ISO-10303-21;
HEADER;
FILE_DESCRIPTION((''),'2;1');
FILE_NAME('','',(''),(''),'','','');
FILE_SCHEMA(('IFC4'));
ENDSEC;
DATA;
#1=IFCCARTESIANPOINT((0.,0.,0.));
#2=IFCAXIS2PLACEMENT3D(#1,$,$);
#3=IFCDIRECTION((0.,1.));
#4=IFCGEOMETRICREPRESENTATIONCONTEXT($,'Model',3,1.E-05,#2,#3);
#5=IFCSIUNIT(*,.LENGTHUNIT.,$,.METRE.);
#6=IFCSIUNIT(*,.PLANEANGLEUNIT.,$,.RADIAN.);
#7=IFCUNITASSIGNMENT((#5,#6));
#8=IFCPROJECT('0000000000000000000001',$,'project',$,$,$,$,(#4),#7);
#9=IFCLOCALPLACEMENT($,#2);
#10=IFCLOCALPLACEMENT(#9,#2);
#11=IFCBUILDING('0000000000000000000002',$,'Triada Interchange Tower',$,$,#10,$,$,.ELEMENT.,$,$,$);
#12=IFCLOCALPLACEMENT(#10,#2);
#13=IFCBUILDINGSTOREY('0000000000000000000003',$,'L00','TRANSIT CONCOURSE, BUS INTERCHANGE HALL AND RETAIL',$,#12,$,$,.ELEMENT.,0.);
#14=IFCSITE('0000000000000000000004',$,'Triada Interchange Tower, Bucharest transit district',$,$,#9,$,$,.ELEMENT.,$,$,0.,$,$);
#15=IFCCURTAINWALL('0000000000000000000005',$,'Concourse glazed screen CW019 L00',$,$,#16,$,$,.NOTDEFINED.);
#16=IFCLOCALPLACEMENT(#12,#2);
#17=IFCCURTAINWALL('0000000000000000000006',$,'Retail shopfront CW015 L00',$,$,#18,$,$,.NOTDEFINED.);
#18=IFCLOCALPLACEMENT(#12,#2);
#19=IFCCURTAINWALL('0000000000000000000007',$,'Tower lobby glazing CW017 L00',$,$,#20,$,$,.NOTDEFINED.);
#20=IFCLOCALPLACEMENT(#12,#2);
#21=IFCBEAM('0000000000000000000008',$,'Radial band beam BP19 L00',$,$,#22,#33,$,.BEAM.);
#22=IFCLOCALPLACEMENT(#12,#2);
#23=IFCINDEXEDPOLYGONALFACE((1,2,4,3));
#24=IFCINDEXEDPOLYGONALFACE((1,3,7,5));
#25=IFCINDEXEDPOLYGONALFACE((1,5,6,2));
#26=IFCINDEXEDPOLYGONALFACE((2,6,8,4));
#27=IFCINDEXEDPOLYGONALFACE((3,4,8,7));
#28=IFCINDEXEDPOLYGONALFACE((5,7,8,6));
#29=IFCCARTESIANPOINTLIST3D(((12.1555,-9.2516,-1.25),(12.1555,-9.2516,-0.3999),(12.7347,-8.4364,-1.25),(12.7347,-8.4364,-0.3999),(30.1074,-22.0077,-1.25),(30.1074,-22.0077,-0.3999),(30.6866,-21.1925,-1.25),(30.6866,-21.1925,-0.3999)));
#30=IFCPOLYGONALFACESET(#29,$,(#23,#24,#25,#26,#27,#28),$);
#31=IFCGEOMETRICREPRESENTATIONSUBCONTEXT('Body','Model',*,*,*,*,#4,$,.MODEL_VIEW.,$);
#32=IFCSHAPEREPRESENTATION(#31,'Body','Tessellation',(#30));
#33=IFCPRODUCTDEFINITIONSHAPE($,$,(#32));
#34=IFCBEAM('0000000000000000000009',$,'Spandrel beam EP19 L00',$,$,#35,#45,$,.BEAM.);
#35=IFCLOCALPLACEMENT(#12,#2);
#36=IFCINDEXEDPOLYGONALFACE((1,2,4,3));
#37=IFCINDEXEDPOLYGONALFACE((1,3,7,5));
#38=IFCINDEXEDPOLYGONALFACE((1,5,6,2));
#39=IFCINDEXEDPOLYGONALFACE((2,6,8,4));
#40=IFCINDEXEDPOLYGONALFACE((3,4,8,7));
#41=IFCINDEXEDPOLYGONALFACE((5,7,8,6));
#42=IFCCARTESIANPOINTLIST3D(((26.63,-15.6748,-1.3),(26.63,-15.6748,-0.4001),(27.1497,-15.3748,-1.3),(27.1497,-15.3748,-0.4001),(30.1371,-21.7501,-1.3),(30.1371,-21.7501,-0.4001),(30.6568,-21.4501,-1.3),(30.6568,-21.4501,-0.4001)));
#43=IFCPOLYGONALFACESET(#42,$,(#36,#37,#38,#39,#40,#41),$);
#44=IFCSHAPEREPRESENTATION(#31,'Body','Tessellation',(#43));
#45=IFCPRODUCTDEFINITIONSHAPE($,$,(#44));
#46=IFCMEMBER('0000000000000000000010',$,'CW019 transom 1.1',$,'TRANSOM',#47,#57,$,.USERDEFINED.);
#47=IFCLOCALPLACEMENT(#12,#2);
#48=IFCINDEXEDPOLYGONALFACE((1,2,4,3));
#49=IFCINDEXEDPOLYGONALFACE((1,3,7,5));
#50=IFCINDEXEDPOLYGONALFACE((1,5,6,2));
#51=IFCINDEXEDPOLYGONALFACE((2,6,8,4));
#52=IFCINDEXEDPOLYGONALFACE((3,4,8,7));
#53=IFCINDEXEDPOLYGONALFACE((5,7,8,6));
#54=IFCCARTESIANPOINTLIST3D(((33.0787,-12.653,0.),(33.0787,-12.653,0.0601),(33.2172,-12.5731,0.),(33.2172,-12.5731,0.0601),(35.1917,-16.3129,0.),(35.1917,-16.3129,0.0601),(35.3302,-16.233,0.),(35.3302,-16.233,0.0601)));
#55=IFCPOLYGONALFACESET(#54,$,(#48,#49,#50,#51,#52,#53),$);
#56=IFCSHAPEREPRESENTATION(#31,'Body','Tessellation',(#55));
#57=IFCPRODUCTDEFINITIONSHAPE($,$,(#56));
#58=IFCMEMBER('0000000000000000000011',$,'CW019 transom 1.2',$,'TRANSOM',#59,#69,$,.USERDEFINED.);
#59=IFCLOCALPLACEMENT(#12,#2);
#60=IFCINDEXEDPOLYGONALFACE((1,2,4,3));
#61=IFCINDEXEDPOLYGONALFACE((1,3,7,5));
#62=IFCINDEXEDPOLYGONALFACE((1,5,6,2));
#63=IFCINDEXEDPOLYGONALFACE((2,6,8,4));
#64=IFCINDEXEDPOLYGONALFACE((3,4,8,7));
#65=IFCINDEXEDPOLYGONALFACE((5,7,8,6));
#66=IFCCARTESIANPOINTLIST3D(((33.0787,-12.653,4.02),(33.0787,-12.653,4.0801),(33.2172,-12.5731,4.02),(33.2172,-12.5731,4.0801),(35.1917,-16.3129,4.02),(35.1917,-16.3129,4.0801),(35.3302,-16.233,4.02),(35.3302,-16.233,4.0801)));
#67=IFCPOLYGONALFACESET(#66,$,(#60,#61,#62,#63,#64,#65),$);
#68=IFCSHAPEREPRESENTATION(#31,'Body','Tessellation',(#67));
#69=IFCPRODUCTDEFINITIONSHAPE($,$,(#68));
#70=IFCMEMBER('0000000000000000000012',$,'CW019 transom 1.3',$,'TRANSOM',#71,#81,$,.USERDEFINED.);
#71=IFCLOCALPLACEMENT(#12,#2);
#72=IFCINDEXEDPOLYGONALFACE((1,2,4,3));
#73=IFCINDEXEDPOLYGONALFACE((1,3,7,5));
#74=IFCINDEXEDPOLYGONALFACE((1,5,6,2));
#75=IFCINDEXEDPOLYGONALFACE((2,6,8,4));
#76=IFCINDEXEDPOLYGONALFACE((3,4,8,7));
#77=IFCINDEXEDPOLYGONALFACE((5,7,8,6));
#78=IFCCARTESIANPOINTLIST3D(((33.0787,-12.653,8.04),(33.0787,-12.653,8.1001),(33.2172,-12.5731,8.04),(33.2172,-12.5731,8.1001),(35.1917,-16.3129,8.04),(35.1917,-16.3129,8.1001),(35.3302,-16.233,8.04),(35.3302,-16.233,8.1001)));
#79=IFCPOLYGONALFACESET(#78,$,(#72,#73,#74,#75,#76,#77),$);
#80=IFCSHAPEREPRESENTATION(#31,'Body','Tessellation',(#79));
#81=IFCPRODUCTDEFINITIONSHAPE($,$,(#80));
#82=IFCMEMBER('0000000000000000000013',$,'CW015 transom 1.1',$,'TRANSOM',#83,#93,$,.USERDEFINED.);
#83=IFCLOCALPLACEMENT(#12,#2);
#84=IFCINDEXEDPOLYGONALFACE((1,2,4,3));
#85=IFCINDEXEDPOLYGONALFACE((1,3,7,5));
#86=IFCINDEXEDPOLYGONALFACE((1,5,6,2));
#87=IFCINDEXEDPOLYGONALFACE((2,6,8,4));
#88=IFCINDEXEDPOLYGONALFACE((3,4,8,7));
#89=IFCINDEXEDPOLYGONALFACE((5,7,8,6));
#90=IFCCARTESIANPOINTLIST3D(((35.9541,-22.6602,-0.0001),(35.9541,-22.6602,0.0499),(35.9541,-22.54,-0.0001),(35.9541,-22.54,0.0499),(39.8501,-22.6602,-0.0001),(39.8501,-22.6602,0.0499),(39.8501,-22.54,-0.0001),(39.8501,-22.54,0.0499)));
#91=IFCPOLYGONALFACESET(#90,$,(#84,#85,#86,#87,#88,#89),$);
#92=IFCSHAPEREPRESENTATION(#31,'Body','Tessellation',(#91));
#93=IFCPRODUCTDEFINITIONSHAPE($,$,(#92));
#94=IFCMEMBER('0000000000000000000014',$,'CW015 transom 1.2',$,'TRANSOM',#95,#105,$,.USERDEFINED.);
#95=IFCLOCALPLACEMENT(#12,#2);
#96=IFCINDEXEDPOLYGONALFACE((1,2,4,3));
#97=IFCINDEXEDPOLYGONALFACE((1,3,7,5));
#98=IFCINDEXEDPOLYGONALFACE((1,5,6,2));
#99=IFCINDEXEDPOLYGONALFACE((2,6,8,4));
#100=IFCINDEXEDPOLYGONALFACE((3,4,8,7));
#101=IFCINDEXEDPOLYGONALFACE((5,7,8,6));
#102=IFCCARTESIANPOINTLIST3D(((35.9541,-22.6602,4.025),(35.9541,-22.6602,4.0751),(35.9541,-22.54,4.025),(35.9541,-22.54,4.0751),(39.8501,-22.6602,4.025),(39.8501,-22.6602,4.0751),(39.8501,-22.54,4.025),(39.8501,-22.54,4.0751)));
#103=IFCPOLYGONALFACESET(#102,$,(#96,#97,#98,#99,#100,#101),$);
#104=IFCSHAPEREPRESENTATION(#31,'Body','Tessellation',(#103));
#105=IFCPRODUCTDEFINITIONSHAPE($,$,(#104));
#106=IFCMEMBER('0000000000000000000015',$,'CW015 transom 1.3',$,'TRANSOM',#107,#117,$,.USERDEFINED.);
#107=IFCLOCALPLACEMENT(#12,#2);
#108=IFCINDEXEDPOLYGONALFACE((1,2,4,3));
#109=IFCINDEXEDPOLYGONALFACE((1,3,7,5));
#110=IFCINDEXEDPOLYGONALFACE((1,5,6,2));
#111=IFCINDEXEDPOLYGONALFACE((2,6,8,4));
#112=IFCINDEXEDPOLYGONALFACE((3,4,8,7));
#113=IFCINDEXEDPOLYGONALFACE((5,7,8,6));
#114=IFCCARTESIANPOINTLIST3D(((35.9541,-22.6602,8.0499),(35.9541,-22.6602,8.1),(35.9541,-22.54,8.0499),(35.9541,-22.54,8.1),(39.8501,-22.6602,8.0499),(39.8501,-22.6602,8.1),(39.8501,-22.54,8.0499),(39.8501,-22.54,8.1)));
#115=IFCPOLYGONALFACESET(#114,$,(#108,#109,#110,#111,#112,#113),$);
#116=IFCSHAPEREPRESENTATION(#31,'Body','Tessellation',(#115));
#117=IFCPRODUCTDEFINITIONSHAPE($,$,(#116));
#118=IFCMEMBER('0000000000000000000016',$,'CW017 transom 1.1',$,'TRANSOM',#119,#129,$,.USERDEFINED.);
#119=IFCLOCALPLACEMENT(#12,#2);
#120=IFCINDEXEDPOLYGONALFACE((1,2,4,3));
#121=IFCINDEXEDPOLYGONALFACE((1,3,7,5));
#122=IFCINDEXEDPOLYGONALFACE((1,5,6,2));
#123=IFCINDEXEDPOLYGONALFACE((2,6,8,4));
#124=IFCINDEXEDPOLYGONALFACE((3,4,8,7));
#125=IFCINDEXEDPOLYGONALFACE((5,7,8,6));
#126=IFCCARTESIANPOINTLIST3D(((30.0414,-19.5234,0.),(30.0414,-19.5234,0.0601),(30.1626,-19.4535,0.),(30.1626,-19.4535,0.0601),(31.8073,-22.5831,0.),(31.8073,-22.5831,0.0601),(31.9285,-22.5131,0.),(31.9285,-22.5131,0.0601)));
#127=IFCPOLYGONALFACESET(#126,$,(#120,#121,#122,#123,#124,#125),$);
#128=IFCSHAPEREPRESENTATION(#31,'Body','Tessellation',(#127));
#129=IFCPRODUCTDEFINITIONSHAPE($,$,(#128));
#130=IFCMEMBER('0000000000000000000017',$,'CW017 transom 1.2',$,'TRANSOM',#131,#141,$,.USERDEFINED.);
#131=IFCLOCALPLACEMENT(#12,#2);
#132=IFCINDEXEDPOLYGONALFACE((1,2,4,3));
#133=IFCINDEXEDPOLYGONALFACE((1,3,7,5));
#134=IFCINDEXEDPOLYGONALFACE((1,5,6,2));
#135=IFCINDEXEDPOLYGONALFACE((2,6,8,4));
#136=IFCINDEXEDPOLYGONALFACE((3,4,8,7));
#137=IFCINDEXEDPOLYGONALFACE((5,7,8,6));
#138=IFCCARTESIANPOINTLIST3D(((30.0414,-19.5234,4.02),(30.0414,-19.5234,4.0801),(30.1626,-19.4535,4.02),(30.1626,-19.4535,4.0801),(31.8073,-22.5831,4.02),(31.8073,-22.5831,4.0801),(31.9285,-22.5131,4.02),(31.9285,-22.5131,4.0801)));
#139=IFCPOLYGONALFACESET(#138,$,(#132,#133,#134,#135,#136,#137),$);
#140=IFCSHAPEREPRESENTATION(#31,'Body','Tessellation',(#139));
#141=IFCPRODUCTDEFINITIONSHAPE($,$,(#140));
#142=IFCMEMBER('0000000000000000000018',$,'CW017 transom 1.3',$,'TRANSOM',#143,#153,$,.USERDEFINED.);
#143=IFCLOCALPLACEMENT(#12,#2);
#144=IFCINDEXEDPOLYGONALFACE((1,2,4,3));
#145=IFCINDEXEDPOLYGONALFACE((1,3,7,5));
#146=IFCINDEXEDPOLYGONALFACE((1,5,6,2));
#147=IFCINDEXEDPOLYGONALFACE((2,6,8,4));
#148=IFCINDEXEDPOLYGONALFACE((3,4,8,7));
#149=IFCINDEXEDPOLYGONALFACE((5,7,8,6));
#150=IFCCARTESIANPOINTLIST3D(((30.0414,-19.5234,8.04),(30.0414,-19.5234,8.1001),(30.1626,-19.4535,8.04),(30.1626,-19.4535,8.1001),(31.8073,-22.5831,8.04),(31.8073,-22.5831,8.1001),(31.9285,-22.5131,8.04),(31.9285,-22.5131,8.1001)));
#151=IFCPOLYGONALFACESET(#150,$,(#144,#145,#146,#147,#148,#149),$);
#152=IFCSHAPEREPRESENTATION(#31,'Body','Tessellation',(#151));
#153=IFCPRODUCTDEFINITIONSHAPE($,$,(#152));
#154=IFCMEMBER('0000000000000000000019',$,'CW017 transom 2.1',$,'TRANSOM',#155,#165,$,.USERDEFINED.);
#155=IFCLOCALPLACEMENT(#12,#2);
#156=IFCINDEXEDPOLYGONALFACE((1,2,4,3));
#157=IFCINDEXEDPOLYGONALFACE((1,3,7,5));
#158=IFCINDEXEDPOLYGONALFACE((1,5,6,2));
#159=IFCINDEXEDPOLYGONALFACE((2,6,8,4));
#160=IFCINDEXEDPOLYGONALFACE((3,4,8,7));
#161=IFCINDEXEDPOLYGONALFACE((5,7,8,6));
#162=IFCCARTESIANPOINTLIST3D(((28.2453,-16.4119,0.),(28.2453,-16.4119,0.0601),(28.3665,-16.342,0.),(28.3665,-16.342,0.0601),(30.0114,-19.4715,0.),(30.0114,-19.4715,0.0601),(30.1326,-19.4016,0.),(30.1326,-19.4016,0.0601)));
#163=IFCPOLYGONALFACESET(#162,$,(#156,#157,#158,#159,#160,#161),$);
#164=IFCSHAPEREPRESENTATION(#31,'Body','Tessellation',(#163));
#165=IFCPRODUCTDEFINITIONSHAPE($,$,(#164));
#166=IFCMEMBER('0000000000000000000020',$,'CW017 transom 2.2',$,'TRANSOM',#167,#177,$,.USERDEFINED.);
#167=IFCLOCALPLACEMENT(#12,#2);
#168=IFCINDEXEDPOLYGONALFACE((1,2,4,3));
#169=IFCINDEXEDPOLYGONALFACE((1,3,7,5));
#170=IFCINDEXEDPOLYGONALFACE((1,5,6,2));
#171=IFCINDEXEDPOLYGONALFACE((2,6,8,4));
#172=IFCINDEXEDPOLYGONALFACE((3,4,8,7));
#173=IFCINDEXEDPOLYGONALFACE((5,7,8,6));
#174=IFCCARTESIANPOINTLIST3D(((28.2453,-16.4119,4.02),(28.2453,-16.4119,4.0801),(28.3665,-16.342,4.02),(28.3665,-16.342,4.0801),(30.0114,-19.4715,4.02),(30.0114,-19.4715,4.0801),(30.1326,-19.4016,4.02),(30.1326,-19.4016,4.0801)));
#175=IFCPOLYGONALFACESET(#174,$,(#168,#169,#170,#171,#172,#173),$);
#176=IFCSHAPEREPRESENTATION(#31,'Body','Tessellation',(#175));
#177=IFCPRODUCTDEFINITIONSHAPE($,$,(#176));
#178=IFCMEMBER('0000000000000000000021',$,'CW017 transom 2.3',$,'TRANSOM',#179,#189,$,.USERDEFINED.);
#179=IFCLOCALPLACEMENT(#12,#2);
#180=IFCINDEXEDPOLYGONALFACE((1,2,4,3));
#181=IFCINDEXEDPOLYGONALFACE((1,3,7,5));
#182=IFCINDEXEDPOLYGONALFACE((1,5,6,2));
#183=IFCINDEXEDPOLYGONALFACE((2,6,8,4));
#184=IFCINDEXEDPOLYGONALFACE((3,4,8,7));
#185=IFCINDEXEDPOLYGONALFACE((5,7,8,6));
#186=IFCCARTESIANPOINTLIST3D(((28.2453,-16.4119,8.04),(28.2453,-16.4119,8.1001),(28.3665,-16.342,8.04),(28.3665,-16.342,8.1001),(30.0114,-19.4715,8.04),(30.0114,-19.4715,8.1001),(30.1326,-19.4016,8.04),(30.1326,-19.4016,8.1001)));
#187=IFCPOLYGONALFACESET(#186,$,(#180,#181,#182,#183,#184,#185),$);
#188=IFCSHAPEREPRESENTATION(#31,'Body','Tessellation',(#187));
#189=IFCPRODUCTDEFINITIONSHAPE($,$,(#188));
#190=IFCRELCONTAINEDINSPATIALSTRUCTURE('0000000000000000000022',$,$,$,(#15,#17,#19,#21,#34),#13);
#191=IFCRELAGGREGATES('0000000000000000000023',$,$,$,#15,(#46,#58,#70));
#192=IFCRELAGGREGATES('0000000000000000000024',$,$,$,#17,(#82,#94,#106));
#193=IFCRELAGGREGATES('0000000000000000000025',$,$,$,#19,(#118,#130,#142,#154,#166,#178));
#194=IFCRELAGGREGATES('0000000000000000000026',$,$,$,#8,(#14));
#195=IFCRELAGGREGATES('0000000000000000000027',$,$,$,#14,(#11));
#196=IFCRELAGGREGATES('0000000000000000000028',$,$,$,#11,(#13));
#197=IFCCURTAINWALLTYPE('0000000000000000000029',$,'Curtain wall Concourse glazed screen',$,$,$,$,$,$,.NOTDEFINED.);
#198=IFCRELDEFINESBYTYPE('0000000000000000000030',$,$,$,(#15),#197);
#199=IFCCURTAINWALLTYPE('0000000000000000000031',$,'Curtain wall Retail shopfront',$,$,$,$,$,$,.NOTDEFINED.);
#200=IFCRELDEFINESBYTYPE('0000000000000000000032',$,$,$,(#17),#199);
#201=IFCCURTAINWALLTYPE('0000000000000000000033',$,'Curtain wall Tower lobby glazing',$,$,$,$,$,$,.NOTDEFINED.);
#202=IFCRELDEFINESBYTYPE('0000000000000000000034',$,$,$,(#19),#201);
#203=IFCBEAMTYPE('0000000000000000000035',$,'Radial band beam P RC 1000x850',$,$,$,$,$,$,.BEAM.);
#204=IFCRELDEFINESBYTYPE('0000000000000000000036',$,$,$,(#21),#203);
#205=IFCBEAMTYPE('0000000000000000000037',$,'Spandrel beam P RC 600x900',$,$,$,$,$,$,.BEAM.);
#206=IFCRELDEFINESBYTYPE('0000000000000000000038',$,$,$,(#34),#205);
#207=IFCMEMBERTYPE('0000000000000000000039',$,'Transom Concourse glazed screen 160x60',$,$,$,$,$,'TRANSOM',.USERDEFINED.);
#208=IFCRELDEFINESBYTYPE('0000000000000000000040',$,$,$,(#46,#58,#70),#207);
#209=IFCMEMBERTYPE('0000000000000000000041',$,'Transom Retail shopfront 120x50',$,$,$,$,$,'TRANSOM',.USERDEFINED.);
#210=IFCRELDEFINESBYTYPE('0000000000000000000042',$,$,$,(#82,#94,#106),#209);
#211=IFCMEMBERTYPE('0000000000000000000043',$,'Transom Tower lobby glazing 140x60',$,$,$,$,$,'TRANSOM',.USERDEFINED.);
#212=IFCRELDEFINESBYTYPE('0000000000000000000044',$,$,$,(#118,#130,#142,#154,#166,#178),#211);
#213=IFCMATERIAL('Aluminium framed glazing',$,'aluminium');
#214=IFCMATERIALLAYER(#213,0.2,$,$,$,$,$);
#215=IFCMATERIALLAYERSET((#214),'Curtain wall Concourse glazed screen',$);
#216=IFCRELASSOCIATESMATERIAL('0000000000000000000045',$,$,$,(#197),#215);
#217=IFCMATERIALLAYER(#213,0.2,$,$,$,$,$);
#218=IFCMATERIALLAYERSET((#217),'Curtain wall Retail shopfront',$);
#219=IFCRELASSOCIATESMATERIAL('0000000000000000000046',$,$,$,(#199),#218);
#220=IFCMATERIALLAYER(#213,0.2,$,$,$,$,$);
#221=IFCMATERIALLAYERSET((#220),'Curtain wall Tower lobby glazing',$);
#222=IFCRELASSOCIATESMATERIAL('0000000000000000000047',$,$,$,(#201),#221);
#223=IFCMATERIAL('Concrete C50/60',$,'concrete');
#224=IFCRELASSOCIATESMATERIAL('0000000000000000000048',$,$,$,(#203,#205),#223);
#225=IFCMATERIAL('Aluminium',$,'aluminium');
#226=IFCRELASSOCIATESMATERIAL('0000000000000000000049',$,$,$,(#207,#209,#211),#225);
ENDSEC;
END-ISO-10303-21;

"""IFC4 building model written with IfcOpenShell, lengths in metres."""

from ifc_helpers import new_model, si_unit, direction, frame, origin, origin_2d, place, context, subcontext, project, spatial, rectangle, extrude, material, layer, layer_set, material_profile, profile_set, type_object, element, aggregate, save


model = new_model("IFC4")

# Units and contexts
model_context = context("Model", 3, precision=1e-05, world=origin(), true_north=direction((0.0, 1.0)))
body_context = subcontext(model_context, "Body", "Model", "MODEL_VIEW")
ifc_project = project(units=[si_unit("LENGTHUNIT", "METRE"), si_unit("PLANEANGLEUNIT", "RADIAN")], contexts=[model_context])

# Site, building, storey
site_placement = place(None, origin())
site = spatial("IfcSite", under=ifc_project, at=site_placement, Name="Triada Interchange Tower, Bucharest transit district", CompositionType="ELEMENT", RefElevation=0.0)
building_placement = place(site_placement, origin())
building = spatial("IfcBuilding", under=site, at=building_placement, Name="Triada Interchange Tower", CompositionType="ELEMENT")
storey_placement = place(building_placement, origin())
storey = spatial("IfcBuildingStorey", under=building, at=storey_placement, Name="L00", Description="TRANSIT CONCOURSE, BUS INTERCHANGE HALL AND RETAIL", CompositionType="ELEMENT", Elevation=0.0)

# Curtain wall
ifc_material_1 = material(Name="Aluminium framed glazing", Category="aluminium")
ifc_layer_1 = layer(ifc_material_1, 0.2)
ifc_layer_set_1 = layer_set([ifc_layer_1], Name="Curtain wall Concourse glazed screen")
curtain_wall_type_1 = type_object("IfcCurtainWallType", Name="Curtain wall Concourse glazed screen", PredefinedType="NOTDEFINED", material=ifc_layer_set_1)
curtain_wall_1_placement = place(storey_placement, origin())
curtain_wall_1 = element("IfcCurtainWall", 1, at=curtain_wall_1_placement, inside=storey, type_object=curtain_wall_type_1, Name="Concourse glazed screen CW019 L00", PredefinedType="NOTDEFINED")
ifc_material_2 = material(Name="Aluminium", Category="aluminium")

# Curtain walls
ifc_layer_2 = layer(ifc_material_1, 0.2)
ifc_layer_set_2 = layer_set([ifc_layer_2], Name="Curtain wall Retail shopfront")
curtain_wall_type_2 = type_object("IfcCurtainWallType", Name="Curtain wall Retail shopfront", PredefinedType="NOTDEFINED", material=ifc_layer_set_2)
curtain_wall_2_placement = place(storey_placement, origin())
curtain_wall_2 = element("IfcCurtainWall", 2, at=curtain_wall_2_placement, inside=storey, type_object=curtain_wall_type_2, Name="Retail shopfront CW015 L00", PredefinedType="NOTDEFINED")
ifc_layer_3 = layer(ifc_material_1, 0.2)
ifc_layer_set_3 = layer_set([ifc_layer_3], Name="Curtain wall Tower lobby glazing")
curtain_wall_type_3 = type_object("IfcCurtainWallType", Name="Curtain wall Tower lobby glazing", PredefinedType="NOTDEFINED", material=ifc_layer_set_3)
curtain_wall_3_placement = place(storey_placement, origin())
curtain_wall_3 = element("IfcCurtainWall", 3, at=curtain_wall_3_placement, inside=storey, type_object=curtain_wall_type_3, Name="Tower lobby glazing CW017 L00", PredefinedType="NOTDEFINED")

# Beams
ifc_material_3 = material(Name="Concrete C50/60", Category="concrete")
ifc_material_profile_1 = material_profile(ifc_material_3, rectangle(XDim=1.0, YDim=0.8501, at=origin_2d()), Name="RC 1000x850")
ifc_profile_set_1 = profile_set([ifc_material_profile_1], Name="Concrete C50/60")
beam_type_1 = type_object("IfcBeamType", Name="Radial band beam P RC 1000x850", PredefinedType="BEAM", material=ifc_profile_set_1)
beam_1_placement = place(storey_placement, frame((30.397, -21.6001, -0.825), z_axis=(-0.815163, 0.579231, 0.0), x_axis=(-0.579231, -0.815163, 0.0)))
element("IfcBeam", 4, at=beam_1_placement, inside=storey, type_object=beam_type_1, Name="Radial band beam BP19 L00", PredefinedType="BEAM", context=body_context, shape_type="SweptSolid", body=[
    extrude(rectangle(XDim=1.0, YDim=0.8501, at=origin_2d()), origin(), (0.0, 0.0, 1.0), 22.0225),
])
ifc_material_profile_2 = material_profile(ifc_material_3, rectangle(XDim=0.6001, YDim=0.8999, at=origin_2d()), Name="RC 600x900")
ifc_profile_set_2 = profile_set([ifc_material_profile_2], Name="Concrete C50/60")
beam_type_2 = type_object("IfcBeamType", Name="Spandrel beam P RC 600x900", PredefinedType="BEAM", material=ifc_profile_set_2)
beam_2_placement = place(storey_placement, frame((30.397, -21.6001, -0.8501), z_axis=(-0.499953, 0.866052, 0.0), x_axis=(-0.866052, -0.499953, 0.0)))
element("IfcBeam", 5, at=beam_2_placement, inside=storey, type_object=beam_type_2, Name="Spandrel beam EP19 L00", PredefinedType="BEAM", context=body_context, shape_type="SweptSolid", body=[
    extrude(rectangle(XDim=0.6001, YDim=0.8999, at=origin_2d()), origin(), (0.0, 0.0, 1.0), 7.0149),
])

# Members
ifc_material_profile_3 = material_profile(ifc_material_2, rectangle(XDim=0.1599, YDim=0.0601, at=origin_2d()), Name="Aluminium transom")
ifc_profile_set_3 = profile_set([ifc_material_profile_3], Name="Aluminium")
member_type_1 = type_object("IfcMemberType", Name="Transom Concourse glazed screen 160x60", ElementType="TRANSOM", PredefinedType="USERDEFINED", material=ifc_profile_set_3)
member_1_placement = place(storey_placement, frame((35.261, -16.2729, 0.03), z_axis=(-0.499997, 0.866027, 0.0), x_axis=(-0.866027, -0.499997, 0.0)))
member_1 = element("IfcMember", 6, at=member_1_placement, type_object=member_type_1, Name="CW019 transom 1.1", ObjectType="TRANSOM", PredefinedType="USERDEFINED", context=body_context, shape_type="SweptSolid", body=[
    extrude(rectangle(XDim=0.1599, YDim=0.0601, at=origin_2d()), origin(), (0.0, 0.0, 1.0), 4.2261),
])
member_2_placement = place(storey_placement, frame((35.261, -16.2729, 4.05), z_axis=(-0.499997, 0.866027, 0.0), x_axis=(-0.866027, -0.499997, 0.0)))
member_2 = element("IfcMember", 7, at=member_2_placement, type_object=member_type_1, Name="CW019 transom 1.2", ObjectType="TRANSOM", PredefinedType="USERDEFINED", context=body_context, shape_type="SweptSolid", body=[
    extrude(rectangle(XDim=0.1599, YDim=0.0601, at=origin_2d()), origin(), (0.0, 0.0, 1.0), 4.2261),
])
member_3_placement = place(storey_placement, frame((35.261, -16.2729, 8.0701), z_axis=(-0.499997, 0.866027, 0.0), x_axis=(-0.866027, -0.499997, 0.0)))
member_3 = element("IfcMember", 8, at=member_3_placement, type_object=member_type_1, Name="CW019 transom 1.3", ObjectType="TRANSOM", PredefinedType="USERDEFINED", context=body_context, shape_type="SweptSolid", body=[
    extrude(rectangle(XDim=0.1599, YDim=0.0601, at=origin_2d()), origin(), (0.0, 0.0, 1.0), 4.2261),
])
aggregate(curtain_wall_1, [member_1, member_2, member_3])
ifc_material_profile_4 = material_profile(ifc_material_2, rectangle(XDim=0.1201, YDim=0.05, at=origin_2d()), Name="Aluminium transom")
ifc_profile_set_4 = profile_set([ifc_material_profile_4], Name="Aluminium")
member_type_2 = type_object("IfcMemberType", Name="Transom Retail shopfront 120x50", ElementType="TRANSOM", PredefinedType="USERDEFINED", material=ifc_profile_set_4)
member_4_placement = place(storey_placement, frame((39.8501, -22.6001, 0.0249), z_axis=(-1.0, 0.0, 0.0), x_axis=(0.0, -1.0, 0.0)))
member_4 = element("IfcMember", 9, at=member_4_placement, type_object=member_type_2, Name="CW015 transom 1.1", ObjectType="TRANSOM", PredefinedType="USERDEFINED", context=body_context, shape_type="SweptSolid", body=[
    extrude(rectangle(XDim=0.1201, YDim=0.05, at=origin_2d()), origin(), (0.0, 0.0, 1.0), 3.896),
])
member_5_placement = place(storey_placement, frame((39.8501, -22.6001, 4.05), z_axis=(-1.0, 0.0, 0.0), x_axis=(0.0, -1.0, 0.0)))
member_5 = element("IfcMember", 10, at=member_5_placement, type_object=member_type_2, Name="CW015 transom 1.2", ObjectType="TRANSOM", PredefinedType="USERDEFINED", context=body_context, shape_type="SweptSolid", body=[
    extrude(rectangle(XDim=0.1201, YDim=0.05, at=origin_2d()), origin(), (0.0, 0.0, 1.0), 3.896),
])
member_6_placement = place(storey_placement, frame((39.8501, -22.6001, 8.075), z_axis=(-1.0, 0.0, 0.0), x_axis=(0.0, -1.0, 0.0)))
member_6 = element("IfcMember", 11, at=member_6_placement, type_object=member_type_2, Name="CW015 transom 1.3", ObjectType="TRANSOM", PredefinedType="USERDEFINED", context=body_context, shape_type="SweptSolid", body=[
    extrude(rectangle(XDim=0.1201, YDim=0.05, at=origin_2d()), origin(), (0.0, 0.0, 1.0), 3.896),
])
ifc_material_profile_5 = material_profile(ifc_material_2, rectangle(XDim=0.1399, YDim=0.0601, at=origin_2d()), Name="Aluminium transom")
ifc_profile_set_5 = profile_set([ifc_material_profile_5], Name="Aluminium")
member_type_3 = type_object("IfcMemberType", Name="Transom Tower lobby glazing 140x60", ElementType="TRANSOM", PredefinedType="USERDEFINED", material=ifc_profile_set_5)
member_7_placement = place(storey_placement, frame((31.8679, -22.5481, 0.03), z_axis=(-0.499878, 0.866096, 0.0), x_axis=(-0.866096, -0.499878, 0.0)))
member_7 = element("IfcMember", 12, at=member_7_placement, type_object=member_type_3, Name="CW017 transom 1.1", ObjectType="TRANSOM", PredefinedType="USERDEFINED", context=body_context, shape_type="SweptSolid", body=[
    extrude(rectangle(XDim=0.1399, YDim=0.0601, at=origin_2d()), origin(), (0.0, 0.0, 1.0), 3.5327),
])
member_8_placement = place(storey_placement, frame((31.8679, -22.5481, 4.05), z_axis=(-0.499878, 0.866096, 0.0), x_axis=(-0.866096, -0.499878, 0.0)))
member_8 = element("IfcMember", 13, at=member_8_placement, type_object=member_type_3, Name="CW017 transom 1.2", ObjectType="TRANSOM", PredefinedType="USERDEFINED", context=body_context, shape_type="SweptSolid", body=[
    extrude(rectangle(XDim=0.1399, YDim=0.0601, at=origin_2d()), origin(), (0.0, 0.0, 1.0), 3.5327),
])
member_9_placement = place(storey_placement, frame((31.8679, -22.5481, 8.0701), z_axis=(-0.499878, 0.866096, 0.0), x_axis=(-0.866096, -0.499878, 0.0)))
member_9 = element("IfcMember", 14, at=member_9_placement, type_object=member_type_3, Name="CW017 transom 1.3", ObjectType="TRANSOM", PredefinedType="USERDEFINED", context=body_context, shape_type="SweptSolid", body=[
    extrude(rectangle(XDim=0.1399, YDim=0.0601, at=origin_2d()), origin(), (0.0, 0.0, 1.0), 3.5327),
])
member_10_placement = place(storey_placement, frame((30.072, -19.4365, 0.03), z_axis=(-0.49993, 0.866066, 0.0), x_axis=(-0.866066, -0.49993, 0.0)))
member_10 = element("IfcMember", 15, at=member_10_placement, type_object=member_type_3, Name="CW017 transom 2.1", ObjectType="TRANSOM", PredefinedType="USERDEFINED", context=body_context, shape_type="SweptSolid", body=[
    extrude(rectangle(XDim=0.1399, YDim=0.0601, at=origin_2d()), origin(), (0.0, 0.0, 1.0), 3.5327),
])
member_11_placement = place(storey_placement, frame((30.072, -19.4365, 4.05), z_axis=(-0.49993, 0.866066, 0.0), x_axis=(-0.866066, -0.49993, 0.0)))
member_11 = element("IfcMember", 16, at=member_11_placement, type_object=member_type_3, Name="CW017 transom 2.2", ObjectType="TRANSOM", PredefinedType="USERDEFINED", context=body_context, shape_type="SweptSolid", body=[
    extrude(rectangle(XDim=0.1399, YDim=0.0601, at=origin_2d()), origin(), (0.0, 0.0, 1.0), 3.5327),
])
member_12_placement = place(storey_placement, frame((30.072, -19.4365, 8.0701), z_axis=(-0.49993, 0.866066, 0.0), x_axis=(-0.866066, -0.49993, 0.0)))
member_12 = element("IfcMember", 17, at=member_12_placement, type_object=member_type_3, Name="CW017 transom 2.3", ObjectType="TRANSOM", PredefinedType="USERDEFINED", context=body_context, shape_type="SweptSolid", body=[
    extrude(rectangle(XDim=0.1399, YDim=0.0601, at=origin_2d()), origin(), (0.0, 0.0, 1.0), 3.5327),
])

aggregate(curtain_wall_2, [member_4, member_5, member_6])
aggregate(curtain_wall_3, [member_7, member_8, member_9, member_10, member_11, member_12])

save(model, "model.ifc")
